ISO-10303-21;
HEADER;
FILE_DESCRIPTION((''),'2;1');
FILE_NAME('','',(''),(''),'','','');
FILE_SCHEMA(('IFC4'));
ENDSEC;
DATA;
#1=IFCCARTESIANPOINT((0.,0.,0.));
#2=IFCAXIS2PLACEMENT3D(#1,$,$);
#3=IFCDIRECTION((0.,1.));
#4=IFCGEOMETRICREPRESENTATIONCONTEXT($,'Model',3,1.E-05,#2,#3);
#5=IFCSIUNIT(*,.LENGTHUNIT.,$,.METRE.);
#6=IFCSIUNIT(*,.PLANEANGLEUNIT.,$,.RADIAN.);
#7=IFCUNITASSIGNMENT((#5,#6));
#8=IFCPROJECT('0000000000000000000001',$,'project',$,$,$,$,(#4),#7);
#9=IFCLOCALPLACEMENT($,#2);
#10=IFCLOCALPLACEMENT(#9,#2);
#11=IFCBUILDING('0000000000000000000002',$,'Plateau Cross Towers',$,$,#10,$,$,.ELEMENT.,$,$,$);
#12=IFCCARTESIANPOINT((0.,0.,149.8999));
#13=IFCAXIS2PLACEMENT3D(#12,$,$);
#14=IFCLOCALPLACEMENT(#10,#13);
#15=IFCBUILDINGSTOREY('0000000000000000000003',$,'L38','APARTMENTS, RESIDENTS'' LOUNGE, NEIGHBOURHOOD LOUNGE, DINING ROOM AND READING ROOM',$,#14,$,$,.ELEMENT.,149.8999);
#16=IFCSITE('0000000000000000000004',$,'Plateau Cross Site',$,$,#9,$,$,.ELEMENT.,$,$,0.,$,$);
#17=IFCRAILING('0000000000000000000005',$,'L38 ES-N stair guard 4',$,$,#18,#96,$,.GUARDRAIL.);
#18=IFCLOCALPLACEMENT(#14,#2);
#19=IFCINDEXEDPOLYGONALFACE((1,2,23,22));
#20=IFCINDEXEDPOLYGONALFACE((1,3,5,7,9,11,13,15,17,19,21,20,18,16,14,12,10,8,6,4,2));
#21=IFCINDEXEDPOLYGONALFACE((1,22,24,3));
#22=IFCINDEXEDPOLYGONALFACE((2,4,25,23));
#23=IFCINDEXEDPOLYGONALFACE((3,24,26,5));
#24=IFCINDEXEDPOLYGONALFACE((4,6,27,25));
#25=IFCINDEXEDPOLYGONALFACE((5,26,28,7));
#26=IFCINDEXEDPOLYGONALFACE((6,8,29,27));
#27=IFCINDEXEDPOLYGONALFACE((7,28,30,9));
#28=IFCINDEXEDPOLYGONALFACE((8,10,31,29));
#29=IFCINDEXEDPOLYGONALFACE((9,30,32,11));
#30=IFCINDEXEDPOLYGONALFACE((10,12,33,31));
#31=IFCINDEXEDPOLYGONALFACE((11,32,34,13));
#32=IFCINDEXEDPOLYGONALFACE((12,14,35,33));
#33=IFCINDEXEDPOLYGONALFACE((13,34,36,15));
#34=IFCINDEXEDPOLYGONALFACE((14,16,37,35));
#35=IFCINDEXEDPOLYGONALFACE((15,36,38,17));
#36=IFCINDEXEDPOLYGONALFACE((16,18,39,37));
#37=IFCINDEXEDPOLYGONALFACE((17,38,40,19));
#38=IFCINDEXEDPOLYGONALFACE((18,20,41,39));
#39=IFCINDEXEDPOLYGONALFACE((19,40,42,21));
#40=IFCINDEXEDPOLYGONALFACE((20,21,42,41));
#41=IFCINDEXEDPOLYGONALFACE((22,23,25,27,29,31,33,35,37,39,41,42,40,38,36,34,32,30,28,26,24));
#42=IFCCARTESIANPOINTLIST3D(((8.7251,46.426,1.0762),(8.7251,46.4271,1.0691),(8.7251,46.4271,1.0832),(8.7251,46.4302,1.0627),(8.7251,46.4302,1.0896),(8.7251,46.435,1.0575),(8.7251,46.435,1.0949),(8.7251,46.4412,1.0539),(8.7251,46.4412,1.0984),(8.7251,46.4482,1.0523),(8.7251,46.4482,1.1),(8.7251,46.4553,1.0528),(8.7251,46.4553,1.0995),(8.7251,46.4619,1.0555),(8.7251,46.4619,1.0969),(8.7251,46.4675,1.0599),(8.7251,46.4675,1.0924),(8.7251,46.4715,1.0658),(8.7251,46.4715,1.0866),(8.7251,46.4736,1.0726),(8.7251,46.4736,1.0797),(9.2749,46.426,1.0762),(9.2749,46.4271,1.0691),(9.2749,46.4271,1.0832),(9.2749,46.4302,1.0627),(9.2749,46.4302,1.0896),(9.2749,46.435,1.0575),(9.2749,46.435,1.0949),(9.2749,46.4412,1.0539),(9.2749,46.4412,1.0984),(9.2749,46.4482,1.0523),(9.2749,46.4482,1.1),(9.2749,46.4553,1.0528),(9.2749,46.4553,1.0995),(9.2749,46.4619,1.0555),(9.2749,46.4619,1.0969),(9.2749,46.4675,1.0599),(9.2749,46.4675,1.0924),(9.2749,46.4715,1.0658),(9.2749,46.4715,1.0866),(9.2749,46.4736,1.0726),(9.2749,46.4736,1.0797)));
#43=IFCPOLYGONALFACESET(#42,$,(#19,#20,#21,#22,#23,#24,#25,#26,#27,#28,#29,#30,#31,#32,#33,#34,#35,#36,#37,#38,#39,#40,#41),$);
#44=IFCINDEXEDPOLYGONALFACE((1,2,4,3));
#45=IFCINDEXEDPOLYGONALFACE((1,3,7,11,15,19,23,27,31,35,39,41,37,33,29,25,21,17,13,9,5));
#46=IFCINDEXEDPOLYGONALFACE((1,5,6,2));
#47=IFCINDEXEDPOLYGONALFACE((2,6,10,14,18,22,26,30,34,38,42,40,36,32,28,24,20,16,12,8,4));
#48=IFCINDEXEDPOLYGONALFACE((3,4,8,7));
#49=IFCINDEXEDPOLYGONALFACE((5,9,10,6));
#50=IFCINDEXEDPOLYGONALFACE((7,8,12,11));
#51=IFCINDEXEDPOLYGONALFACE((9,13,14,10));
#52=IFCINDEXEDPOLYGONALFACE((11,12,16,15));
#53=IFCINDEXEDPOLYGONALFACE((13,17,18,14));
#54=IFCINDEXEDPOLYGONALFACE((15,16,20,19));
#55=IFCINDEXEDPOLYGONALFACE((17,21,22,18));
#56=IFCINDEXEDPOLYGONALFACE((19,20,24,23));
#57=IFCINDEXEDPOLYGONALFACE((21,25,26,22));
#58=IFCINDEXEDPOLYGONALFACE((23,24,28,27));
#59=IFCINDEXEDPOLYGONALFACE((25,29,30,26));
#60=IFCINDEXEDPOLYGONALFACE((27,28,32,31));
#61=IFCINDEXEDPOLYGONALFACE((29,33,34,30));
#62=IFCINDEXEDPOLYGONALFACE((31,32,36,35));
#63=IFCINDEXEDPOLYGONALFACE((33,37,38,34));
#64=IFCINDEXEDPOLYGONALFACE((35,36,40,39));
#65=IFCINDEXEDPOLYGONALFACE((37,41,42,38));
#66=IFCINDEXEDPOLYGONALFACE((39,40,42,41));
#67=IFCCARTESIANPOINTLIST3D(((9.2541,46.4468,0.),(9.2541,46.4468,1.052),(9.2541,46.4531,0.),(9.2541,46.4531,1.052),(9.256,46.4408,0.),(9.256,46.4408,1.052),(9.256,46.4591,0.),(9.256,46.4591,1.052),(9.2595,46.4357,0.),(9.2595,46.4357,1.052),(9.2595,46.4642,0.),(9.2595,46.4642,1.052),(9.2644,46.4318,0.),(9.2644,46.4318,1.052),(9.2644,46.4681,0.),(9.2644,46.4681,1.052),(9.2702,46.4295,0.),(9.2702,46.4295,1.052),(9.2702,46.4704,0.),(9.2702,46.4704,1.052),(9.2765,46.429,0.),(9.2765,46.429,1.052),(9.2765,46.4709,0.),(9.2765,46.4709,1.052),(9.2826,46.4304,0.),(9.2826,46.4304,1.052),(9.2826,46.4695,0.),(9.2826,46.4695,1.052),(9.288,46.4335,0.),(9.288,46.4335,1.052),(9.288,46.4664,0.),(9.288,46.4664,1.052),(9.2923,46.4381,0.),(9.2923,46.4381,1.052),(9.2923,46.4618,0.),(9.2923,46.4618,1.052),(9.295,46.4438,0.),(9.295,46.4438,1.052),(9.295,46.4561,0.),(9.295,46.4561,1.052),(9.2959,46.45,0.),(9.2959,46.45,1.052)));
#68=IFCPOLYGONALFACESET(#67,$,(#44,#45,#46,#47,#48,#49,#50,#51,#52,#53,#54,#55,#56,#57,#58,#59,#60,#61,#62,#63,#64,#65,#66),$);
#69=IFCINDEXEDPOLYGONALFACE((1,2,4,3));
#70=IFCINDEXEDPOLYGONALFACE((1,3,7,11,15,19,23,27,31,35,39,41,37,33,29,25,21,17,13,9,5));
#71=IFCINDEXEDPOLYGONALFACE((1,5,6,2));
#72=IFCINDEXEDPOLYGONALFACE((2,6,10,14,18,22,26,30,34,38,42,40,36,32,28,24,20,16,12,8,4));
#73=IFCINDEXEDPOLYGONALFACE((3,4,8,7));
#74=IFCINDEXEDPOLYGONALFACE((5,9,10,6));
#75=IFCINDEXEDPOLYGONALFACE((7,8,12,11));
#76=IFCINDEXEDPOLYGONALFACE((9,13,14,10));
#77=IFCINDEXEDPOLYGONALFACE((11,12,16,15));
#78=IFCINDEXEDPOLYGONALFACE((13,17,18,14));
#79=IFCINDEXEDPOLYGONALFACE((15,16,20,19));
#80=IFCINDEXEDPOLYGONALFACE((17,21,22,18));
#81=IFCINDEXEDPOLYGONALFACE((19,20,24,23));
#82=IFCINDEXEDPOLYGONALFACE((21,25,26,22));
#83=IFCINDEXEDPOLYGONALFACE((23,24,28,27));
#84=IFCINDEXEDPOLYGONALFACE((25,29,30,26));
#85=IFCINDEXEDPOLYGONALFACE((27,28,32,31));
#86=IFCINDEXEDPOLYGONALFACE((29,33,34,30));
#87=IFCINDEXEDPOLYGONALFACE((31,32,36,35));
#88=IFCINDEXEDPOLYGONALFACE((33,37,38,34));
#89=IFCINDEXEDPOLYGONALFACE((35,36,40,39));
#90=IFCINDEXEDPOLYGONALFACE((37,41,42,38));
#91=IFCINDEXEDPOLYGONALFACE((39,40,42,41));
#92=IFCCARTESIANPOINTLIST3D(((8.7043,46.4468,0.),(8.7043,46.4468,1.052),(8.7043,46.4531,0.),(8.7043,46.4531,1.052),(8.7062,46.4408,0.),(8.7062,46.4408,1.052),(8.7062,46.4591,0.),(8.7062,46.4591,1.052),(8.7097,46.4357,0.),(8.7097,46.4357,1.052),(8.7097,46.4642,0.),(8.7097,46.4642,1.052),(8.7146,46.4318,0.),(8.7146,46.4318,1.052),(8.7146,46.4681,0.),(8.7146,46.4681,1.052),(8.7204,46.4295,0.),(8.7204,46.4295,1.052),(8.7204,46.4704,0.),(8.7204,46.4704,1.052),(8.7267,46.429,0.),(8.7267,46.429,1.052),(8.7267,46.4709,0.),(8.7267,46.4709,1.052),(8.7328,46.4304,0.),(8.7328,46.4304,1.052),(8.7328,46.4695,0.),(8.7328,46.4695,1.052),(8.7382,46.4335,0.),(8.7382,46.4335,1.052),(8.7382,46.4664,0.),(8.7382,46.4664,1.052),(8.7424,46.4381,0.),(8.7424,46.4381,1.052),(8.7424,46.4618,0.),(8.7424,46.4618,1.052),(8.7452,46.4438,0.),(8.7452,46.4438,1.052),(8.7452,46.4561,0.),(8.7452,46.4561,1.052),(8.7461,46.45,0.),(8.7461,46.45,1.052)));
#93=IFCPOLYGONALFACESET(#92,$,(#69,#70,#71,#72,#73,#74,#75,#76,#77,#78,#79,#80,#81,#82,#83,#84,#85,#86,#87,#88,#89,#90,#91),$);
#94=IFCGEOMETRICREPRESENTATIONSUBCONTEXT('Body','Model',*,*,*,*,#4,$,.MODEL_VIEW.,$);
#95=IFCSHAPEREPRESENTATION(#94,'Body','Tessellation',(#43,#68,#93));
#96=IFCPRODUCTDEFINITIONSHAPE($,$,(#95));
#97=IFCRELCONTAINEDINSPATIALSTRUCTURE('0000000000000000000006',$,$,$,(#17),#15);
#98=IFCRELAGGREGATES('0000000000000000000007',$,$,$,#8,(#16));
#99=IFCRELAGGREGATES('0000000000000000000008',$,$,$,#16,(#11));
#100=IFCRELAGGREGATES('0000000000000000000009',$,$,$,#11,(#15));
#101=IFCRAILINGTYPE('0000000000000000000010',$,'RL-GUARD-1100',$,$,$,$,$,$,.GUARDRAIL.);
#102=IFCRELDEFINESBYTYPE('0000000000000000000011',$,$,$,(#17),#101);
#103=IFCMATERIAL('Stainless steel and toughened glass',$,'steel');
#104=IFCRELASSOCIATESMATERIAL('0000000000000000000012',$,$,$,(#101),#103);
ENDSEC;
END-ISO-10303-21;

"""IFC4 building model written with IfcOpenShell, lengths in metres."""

from ifc_helpers import new_model, si_unit, direction, frame, origin, origin_2d, place, context, subcontext, project, spatial, circle, extrude, material, type_object, element, save


model = new_model("IFC4")

# Units and contexts
model_context = context("Model", 3, precision=1e-05, world=origin(), true_north=direction((0.0, 1.0)))
body_context = subcontext(model_context, "Body", "Model", "MODEL_VIEW")
ifc_project = project(units=[si_unit("LENGTHUNIT", "METRE"), si_unit("PLANEANGLEUNIT", "RADIAN")], contexts=[model_context])

# Site, building, storey
site_placement = place(None, origin())
site = spatial("IfcSite", under=ifc_project, at=site_placement, Name="Plateau Cross Site", CompositionType="ELEMENT", RefElevation=0.0)
building_placement = place(site_placement, origin())
building = spatial("IfcBuilding", under=site, at=building_placement, Name="Plateau Cross Towers", CompositionType="ELEMENT")
storey_placement = place(building_placement, frame((0.0, 0.0, 149.8999)))
storey = spatial("IfcBuildingStorey", under=building, at=storey_placement, Name="L38", Description="APARTMENTS, RESIDENTS' LOUNGE, NEIGHBOURHOOD LOUNGE, DINING ROOM AND READING ROOM", CompositionType="ELEMENT", Elevation=149.8999)

# Railing
ifc_material_1 = material(Name="Stainless steel and toughened glass", Category="steel")
railing_type_1 = type_object("IfcRailingType", Name="RL-GUARD-1100", PredefinedType="GUARDRAIL", material=ifc_material_1)
railing_1_placement = place(storey_placement, frame((9.2749, 46.45, 0.0)))
element("IfcRailing", 1, at=railing_1_placement, inside=storey, type_object=railing_type_1, Name="L38 ES-N stair guard 4", PredefinedType="GUARDRAIL", context=body_context, shape_type="SweptSolid", body=[
    extrude(circle(Radius=0.0239, at=origin_2d()), frame((0.0, 0.0, 1.0762), z_axis=(-1.0, 0.0, 0.0), x_axis=(0.0, -1.0, 0.0)), (0.0, 0.0, 1.0), 0.5498),
    extrude(circle(Radius=0.021, at=origin_2d()), origin(), (0.0, 0.0, 1.0), 1.052),
    extrude(circle(Radius=0.021, at=origin_2d()), frame((-0.5498, 0.0, 0.0)), (0.0, 0.0, 1.0), 1.052),
])

save(model, "model.ifc")
